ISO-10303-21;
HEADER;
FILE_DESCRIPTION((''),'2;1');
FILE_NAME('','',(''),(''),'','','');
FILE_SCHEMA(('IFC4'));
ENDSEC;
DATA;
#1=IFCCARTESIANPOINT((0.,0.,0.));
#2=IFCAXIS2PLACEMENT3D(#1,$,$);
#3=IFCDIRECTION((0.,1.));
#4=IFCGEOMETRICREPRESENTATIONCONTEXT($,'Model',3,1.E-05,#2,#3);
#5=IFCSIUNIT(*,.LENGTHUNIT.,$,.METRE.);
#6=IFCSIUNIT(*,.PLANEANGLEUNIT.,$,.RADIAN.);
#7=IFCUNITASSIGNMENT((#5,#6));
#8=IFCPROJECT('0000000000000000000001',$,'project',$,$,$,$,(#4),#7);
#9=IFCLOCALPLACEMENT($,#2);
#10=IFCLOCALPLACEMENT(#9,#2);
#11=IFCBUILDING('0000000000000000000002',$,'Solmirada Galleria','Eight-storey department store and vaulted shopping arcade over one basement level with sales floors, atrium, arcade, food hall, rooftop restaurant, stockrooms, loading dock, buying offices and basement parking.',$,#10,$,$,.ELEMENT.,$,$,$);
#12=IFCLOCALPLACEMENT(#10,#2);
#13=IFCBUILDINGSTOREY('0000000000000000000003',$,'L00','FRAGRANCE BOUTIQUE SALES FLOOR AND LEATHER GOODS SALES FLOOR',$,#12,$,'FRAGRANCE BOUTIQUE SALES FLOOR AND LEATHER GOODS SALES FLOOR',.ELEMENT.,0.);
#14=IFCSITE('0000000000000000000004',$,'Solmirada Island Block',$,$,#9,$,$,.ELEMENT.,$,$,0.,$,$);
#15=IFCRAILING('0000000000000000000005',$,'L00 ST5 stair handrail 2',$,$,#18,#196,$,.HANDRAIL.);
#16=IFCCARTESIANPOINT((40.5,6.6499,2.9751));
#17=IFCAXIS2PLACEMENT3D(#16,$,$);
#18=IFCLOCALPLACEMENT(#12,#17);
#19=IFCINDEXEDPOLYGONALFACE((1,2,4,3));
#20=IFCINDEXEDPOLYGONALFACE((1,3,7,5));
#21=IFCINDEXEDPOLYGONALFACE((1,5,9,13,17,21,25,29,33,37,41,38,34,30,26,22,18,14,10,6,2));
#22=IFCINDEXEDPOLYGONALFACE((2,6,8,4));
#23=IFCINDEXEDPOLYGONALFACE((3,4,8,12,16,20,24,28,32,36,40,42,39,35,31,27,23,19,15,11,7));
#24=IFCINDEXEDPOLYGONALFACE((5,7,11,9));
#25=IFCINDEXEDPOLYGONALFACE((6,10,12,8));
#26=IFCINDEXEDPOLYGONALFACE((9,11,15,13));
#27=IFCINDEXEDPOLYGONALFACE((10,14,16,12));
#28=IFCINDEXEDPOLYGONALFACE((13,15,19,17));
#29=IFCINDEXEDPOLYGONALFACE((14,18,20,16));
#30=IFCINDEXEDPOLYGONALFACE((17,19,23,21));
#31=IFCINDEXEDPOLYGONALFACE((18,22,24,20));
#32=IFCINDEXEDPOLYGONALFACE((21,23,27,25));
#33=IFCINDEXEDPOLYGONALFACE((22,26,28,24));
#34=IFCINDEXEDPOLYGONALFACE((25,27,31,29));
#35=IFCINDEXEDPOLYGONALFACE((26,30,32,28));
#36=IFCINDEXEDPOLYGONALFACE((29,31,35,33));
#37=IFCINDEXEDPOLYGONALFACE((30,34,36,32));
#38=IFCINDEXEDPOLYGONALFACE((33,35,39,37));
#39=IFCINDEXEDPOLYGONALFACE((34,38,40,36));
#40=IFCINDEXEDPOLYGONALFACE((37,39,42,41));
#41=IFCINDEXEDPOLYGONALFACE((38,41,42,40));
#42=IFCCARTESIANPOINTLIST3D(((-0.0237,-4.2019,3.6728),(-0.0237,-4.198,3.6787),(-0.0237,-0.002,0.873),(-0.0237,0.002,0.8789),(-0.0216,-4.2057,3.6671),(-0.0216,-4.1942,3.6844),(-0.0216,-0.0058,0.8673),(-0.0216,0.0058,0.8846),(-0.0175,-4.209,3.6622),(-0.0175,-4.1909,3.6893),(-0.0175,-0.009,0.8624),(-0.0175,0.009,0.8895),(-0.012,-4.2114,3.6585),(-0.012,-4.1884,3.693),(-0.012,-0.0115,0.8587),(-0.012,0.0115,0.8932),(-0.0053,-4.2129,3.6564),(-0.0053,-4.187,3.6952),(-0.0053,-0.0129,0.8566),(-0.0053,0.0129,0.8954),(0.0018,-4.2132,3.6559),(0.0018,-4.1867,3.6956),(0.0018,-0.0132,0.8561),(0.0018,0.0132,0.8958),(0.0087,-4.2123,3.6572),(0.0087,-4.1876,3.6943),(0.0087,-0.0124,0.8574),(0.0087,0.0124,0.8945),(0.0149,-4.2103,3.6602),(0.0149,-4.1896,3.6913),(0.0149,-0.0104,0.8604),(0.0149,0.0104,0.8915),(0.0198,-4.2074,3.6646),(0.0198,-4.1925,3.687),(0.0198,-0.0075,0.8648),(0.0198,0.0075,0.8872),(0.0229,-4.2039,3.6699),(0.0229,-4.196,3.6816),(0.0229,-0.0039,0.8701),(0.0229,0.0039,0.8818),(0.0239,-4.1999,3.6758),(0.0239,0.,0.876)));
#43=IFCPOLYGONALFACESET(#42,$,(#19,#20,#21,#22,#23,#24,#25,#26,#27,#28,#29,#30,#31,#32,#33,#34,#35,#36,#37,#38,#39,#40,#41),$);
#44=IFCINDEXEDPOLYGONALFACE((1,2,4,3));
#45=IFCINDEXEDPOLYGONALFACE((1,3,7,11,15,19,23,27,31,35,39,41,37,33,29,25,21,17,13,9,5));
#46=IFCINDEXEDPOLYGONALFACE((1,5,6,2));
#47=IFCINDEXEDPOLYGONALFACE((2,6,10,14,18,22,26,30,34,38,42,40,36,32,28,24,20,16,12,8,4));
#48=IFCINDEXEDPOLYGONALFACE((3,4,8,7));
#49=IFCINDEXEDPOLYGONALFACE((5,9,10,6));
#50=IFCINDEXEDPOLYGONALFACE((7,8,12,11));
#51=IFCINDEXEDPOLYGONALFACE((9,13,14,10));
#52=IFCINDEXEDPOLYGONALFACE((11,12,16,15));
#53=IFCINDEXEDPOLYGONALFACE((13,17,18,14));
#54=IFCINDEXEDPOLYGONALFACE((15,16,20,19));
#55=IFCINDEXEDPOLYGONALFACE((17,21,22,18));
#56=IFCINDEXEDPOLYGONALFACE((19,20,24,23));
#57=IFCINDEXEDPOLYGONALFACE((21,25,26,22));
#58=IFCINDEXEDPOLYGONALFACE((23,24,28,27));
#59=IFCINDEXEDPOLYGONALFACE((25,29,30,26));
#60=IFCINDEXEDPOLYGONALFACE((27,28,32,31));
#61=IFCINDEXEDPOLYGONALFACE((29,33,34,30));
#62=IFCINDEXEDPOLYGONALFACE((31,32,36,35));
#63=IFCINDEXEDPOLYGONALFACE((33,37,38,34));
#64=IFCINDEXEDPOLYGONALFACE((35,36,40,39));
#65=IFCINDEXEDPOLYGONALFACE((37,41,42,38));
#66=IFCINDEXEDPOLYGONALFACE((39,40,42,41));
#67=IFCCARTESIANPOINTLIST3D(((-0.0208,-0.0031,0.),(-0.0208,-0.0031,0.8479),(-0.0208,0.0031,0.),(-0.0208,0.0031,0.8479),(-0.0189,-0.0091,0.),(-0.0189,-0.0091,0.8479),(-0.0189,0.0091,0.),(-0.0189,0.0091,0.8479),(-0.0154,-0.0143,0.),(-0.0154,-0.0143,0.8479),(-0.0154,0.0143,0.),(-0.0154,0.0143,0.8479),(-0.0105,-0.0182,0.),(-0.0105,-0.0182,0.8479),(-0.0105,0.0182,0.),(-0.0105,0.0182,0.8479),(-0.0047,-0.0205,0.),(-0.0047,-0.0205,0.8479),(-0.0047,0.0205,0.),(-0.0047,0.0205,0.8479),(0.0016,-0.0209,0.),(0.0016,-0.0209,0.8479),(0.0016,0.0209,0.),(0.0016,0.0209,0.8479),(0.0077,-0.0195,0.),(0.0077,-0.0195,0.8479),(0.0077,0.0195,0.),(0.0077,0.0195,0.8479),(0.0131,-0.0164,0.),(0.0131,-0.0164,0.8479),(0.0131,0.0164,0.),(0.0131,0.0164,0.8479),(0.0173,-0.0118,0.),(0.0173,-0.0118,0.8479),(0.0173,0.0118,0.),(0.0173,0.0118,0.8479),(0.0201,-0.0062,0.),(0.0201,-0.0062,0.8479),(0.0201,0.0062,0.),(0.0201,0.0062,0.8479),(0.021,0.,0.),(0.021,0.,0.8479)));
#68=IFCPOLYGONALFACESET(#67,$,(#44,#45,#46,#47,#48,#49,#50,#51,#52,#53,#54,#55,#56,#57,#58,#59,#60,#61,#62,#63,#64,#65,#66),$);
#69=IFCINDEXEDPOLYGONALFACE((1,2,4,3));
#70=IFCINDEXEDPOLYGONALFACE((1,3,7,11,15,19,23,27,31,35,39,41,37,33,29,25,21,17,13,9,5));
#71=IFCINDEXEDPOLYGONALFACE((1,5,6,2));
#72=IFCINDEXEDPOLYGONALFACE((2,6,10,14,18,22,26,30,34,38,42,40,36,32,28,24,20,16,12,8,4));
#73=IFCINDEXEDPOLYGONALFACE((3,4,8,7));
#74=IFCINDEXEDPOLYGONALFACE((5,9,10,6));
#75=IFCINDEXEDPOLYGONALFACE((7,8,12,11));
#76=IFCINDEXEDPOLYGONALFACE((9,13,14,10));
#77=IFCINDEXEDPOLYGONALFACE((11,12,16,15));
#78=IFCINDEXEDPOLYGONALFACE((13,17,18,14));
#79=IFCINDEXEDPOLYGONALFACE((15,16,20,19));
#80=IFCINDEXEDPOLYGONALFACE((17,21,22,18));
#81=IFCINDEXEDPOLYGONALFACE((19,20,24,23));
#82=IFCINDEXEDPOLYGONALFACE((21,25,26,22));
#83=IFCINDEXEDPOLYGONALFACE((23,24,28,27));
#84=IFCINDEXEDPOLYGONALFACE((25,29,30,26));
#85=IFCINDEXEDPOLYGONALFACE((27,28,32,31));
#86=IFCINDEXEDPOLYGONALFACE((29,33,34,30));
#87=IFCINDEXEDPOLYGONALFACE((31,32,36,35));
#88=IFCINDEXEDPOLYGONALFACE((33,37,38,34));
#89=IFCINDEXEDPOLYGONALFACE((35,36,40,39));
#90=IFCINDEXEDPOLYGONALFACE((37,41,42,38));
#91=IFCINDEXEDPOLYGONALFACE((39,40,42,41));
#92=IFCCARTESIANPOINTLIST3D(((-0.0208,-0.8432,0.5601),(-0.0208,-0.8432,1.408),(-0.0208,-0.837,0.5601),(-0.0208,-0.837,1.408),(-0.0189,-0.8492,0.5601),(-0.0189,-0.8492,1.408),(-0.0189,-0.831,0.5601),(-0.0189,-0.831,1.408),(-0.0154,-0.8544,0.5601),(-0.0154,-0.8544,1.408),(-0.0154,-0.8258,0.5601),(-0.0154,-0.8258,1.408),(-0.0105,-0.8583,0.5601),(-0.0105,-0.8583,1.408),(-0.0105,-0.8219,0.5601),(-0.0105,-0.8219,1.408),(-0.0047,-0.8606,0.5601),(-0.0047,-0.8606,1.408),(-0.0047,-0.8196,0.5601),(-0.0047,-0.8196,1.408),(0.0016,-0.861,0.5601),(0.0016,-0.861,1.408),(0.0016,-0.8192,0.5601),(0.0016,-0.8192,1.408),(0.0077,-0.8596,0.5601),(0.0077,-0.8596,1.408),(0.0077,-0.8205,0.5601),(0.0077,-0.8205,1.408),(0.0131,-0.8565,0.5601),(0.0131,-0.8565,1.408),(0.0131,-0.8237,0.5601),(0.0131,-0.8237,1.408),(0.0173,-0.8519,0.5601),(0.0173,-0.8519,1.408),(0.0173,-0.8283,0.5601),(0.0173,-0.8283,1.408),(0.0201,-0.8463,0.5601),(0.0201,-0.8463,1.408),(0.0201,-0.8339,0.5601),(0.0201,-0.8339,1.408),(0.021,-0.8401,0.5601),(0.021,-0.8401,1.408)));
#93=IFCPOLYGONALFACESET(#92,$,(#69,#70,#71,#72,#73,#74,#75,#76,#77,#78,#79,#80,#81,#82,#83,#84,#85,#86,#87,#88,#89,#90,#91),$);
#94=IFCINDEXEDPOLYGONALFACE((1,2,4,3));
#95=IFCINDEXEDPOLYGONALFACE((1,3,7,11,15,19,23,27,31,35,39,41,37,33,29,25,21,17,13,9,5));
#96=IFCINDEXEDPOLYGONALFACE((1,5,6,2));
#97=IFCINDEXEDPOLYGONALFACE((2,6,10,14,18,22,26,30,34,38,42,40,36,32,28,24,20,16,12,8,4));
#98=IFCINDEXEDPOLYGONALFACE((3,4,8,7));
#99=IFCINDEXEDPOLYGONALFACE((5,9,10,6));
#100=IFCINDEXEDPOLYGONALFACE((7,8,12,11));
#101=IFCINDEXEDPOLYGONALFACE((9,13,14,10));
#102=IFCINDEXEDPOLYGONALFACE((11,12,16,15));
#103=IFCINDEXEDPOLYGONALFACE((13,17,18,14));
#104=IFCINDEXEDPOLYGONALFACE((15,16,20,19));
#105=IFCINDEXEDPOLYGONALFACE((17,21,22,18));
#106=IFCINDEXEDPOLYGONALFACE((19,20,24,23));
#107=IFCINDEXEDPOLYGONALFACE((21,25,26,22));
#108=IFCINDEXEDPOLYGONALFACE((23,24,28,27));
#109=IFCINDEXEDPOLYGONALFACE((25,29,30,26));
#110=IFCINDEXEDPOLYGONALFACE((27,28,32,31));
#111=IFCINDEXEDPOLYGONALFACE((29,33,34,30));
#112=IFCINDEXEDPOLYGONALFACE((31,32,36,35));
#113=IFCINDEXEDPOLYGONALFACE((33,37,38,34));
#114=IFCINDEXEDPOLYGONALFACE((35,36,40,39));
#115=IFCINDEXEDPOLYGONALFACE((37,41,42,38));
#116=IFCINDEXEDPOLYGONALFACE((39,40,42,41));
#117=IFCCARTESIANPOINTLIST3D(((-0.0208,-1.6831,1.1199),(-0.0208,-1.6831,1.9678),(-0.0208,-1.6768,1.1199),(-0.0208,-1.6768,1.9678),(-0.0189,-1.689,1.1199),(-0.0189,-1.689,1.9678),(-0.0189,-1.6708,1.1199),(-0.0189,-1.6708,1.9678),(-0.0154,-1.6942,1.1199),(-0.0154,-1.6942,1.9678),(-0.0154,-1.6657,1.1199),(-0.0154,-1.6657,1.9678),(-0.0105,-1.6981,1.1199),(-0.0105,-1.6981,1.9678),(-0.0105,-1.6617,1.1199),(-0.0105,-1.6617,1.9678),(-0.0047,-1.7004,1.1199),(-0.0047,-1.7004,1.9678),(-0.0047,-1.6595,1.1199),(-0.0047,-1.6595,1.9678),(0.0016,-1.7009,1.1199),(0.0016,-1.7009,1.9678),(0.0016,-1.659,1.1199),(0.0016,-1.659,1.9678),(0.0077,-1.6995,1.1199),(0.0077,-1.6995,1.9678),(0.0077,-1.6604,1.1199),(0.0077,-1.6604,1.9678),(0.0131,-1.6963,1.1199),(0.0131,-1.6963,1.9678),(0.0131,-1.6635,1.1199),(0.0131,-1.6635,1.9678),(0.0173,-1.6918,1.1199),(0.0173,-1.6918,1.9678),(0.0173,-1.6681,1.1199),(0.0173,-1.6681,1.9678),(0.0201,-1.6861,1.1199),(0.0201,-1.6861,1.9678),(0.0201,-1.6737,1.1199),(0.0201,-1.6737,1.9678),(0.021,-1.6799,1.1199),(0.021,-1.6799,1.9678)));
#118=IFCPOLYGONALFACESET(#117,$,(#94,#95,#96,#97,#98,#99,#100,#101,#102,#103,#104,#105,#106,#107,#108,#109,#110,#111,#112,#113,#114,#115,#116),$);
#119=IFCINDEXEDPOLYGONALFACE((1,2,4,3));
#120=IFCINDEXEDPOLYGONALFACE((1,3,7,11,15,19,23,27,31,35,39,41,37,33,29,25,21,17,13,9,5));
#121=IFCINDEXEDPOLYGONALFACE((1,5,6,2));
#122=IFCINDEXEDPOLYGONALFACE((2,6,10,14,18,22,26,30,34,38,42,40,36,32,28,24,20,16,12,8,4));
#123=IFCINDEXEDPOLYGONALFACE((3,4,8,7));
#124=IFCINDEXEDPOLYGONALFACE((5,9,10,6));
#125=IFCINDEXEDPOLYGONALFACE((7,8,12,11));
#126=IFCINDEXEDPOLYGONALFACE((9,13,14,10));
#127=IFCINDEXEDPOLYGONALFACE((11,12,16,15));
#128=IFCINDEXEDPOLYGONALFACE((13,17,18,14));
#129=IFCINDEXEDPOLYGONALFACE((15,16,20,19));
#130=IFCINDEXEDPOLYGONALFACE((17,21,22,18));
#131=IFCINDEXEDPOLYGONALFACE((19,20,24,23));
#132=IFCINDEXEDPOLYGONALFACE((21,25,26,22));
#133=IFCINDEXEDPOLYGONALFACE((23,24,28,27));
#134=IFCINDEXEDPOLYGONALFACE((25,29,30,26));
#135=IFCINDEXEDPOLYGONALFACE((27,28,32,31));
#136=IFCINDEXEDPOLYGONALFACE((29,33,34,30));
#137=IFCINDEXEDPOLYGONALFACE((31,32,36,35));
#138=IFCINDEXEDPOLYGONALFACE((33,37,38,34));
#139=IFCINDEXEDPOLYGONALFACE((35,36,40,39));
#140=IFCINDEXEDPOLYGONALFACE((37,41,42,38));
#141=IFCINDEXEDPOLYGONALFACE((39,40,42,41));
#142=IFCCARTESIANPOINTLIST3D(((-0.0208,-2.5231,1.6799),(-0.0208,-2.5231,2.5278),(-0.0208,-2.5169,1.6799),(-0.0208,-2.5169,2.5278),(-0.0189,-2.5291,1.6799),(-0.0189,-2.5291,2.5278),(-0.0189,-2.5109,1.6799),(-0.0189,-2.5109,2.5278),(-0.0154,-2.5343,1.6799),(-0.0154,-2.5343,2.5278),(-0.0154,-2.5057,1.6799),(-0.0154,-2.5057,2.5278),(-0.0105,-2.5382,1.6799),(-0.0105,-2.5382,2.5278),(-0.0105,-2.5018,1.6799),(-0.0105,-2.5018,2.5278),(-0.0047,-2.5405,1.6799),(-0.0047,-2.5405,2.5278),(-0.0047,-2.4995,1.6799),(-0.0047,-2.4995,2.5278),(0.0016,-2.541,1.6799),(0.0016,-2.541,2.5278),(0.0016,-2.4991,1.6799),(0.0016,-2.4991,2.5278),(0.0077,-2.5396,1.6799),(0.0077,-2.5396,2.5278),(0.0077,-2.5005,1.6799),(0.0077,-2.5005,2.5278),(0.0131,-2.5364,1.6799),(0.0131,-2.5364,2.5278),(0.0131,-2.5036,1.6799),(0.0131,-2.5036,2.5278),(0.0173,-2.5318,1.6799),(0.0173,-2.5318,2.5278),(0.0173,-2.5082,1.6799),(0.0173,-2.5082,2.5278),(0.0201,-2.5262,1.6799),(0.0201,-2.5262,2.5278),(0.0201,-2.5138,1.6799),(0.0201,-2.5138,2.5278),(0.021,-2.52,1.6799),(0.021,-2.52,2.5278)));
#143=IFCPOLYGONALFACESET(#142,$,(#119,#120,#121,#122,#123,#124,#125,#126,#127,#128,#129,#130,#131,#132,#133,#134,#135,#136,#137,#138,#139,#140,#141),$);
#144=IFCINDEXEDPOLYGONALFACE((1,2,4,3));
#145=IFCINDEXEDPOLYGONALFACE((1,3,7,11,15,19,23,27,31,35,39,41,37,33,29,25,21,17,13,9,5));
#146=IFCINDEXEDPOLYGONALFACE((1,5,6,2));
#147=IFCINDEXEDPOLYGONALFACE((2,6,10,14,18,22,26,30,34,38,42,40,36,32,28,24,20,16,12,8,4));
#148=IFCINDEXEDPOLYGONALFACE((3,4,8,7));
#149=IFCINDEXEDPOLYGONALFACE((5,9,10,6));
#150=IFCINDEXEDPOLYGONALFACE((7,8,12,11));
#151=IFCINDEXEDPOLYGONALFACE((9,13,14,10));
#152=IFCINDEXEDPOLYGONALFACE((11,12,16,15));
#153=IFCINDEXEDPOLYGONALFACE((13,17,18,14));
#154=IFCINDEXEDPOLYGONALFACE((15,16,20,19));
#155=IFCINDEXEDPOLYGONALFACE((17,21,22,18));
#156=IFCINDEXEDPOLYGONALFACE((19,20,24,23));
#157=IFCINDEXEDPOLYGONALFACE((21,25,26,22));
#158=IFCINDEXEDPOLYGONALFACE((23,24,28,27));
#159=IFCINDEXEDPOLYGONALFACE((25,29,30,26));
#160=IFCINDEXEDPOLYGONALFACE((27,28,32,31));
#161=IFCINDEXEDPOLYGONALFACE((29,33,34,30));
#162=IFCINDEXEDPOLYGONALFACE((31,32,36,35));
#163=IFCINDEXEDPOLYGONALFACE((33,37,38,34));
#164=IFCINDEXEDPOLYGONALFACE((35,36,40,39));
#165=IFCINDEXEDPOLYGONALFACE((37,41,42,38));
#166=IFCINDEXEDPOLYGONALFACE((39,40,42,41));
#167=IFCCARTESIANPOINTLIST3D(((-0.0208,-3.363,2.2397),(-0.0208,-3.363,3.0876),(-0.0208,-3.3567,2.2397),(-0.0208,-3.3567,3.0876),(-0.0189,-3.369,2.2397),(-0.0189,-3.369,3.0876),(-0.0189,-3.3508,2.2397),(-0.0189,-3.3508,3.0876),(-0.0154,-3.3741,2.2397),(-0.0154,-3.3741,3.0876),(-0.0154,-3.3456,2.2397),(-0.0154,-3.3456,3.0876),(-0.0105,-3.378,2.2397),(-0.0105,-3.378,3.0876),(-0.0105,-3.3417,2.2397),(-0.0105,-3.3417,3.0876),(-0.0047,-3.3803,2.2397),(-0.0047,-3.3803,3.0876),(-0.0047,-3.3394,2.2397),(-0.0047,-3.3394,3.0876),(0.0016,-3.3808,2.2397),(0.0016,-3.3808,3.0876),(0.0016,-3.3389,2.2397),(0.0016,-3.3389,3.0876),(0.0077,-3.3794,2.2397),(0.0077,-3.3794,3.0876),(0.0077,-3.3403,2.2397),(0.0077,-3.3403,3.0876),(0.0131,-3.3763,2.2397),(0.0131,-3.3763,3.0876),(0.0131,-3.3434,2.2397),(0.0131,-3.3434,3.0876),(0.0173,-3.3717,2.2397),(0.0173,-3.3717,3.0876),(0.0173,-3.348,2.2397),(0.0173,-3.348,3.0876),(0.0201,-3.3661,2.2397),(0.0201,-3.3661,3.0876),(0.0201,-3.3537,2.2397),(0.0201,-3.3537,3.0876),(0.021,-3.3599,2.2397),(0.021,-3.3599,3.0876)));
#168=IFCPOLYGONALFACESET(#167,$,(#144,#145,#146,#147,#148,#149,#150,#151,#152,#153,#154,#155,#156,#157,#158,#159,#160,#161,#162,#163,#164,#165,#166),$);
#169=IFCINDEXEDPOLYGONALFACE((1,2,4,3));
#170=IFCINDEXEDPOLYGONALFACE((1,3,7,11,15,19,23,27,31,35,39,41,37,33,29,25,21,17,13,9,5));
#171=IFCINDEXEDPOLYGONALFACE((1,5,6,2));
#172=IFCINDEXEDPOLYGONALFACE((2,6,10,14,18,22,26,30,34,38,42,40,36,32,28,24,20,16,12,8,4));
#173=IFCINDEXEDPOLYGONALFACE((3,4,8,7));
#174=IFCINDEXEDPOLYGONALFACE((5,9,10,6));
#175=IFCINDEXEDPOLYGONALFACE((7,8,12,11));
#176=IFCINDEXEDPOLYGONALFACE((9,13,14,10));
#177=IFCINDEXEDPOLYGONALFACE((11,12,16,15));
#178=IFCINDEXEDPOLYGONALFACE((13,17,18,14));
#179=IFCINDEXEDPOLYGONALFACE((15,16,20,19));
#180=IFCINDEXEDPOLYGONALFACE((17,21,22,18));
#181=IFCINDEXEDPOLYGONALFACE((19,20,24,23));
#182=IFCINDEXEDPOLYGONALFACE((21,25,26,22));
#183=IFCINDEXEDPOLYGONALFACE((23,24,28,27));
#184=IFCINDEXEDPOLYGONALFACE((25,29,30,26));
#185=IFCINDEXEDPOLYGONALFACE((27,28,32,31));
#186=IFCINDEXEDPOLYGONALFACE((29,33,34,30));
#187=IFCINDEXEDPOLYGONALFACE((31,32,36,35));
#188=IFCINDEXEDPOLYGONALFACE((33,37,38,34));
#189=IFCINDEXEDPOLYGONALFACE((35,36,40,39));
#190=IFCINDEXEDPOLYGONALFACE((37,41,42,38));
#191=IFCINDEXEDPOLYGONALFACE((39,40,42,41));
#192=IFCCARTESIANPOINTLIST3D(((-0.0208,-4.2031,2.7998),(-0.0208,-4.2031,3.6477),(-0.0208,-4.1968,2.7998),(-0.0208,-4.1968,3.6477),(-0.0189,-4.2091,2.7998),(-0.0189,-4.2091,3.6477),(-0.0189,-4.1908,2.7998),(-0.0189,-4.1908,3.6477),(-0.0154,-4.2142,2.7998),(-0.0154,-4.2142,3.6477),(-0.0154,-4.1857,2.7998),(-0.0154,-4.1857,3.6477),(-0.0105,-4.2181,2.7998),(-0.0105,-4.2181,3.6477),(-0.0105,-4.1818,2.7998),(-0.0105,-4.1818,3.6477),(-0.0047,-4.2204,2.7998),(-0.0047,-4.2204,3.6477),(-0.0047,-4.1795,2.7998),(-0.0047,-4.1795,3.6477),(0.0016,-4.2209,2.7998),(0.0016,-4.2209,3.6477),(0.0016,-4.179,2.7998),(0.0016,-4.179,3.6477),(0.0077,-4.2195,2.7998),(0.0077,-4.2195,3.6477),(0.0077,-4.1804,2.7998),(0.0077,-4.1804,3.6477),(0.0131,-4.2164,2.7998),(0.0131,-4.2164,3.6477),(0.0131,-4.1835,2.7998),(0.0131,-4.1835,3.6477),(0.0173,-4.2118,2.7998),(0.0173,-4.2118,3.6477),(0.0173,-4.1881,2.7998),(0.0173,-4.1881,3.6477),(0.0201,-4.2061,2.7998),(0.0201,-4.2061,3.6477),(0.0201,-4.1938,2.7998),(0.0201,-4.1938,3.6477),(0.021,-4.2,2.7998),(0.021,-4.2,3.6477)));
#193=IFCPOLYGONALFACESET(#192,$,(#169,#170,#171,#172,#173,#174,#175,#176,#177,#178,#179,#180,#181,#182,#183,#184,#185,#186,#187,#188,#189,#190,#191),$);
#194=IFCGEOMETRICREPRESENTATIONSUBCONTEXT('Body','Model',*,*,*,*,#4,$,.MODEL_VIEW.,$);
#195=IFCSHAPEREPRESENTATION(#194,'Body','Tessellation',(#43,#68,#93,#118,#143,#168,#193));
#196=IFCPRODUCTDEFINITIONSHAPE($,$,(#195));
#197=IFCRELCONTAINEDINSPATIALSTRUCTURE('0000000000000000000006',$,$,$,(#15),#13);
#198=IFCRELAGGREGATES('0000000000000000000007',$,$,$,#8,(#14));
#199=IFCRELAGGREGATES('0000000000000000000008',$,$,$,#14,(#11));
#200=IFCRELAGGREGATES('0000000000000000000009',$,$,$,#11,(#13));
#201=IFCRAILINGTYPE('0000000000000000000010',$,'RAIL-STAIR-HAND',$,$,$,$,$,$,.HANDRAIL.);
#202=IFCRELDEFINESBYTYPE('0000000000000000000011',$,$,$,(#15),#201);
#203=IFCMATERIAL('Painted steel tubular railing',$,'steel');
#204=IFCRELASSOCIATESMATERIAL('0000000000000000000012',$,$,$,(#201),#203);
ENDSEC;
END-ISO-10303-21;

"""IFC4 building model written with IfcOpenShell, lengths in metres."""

from ifc_helpers import new_model, si_unit, direction, frame, origin, origin_2d, place, context, subcontext, project, spatial, circle, extrude, material, type_object, element, save


model = new_model("IFC4")

# Units and contexts
model_context = context("Model", 3, precision=1e-05, world=origin(), true_north=direction((0.0, 1.0)))
body_context = subcontext(model_context, "Body", "Model", "MODEL_VIEW")
ifc_project = project(units=[si_unit("LENGTHUNIT", "METRE"), si_unit("PLANEANGLEUNIT", "RADIAN")], contexts=[model_context])

# Site, building, storey
site_placement = place(None, origin())
site = spatial("IfcSite", under=ifc_project, at=site_placement, Name="Solmirada Island Block", CompositionType="ELEMENT", RefElevation=0.0)
building_placement = place(site_placement, origin())
building = spatial("IfcBuilding", under=site, at=building_placement, Name="Solmirada Galleria", Description="Eight-storey department store and vaulted shopping arcade over one basement level with sales floors, atrium, arcade, food hall, rooftop restaurant, stockrooms, loading dock, buying offices and basement parking.", CompositionType="ELEMENT")
storey_placement = place(building_placement, origin())
storey = spatial("IfcBuildingStorey", under=building, at=storey_placement, Name="L00", Description="FRAGRANCE BOUTIQUE SALES FLOOR AND LEATHER GOODS SALES FLOOR", LongName="FRAGRANCE BOUTIQUE SALES FLOOR AND LEATHER GOODS SALES FLOOR", CompositionType="ELEMENT", Elevation=0.0)

# Railing
ifc_material_1 = material(Name="Painted steel tubular railing", Category="steel")
railing_type_1 = type_object("IfcRailingType", Name="RAIL-STAIR-HAND", PredefinedType="HANDRAIL", material=ifc_material_1)
railing_1_placement = place(storey_placement, frame((40.5, 6.6499, 2.9751)))
element("IfcRailing", 1, at=railing_1_placement, inside=storey, type_object=railing_type_1, Name="L00 ST5 stair handrail 2", PredefinedType="HANDRAIL", context=body_context, shape_type="SweptSolid", body=[
    extrude(circle(Radius=0.0239, at=origin_2d()), frame((0.0, 0.0, 0.876), z_axis=(0.0, -0.832065, 0.554678), x_axis=(1.0, 0.0, 0.0)), (0.0, 0.0, 1.0), 5.0476),
    extrude(circle(Radius=0.021, at=origin_2d()), origin(), (0.0, 0.0, 1.0), 0.8479),
    extrude(circle(Radius=0.021, at=origin_2d()), frame((0.0, -0.8401, 0.5601)), (0.0, 0.0, 1.0), 0.8479),
    extrude(circle(Radius=0.021, at=origin_2d()), frame((0.0, -1.6799, 1.1199)), (0.0, 0.0, 1.0), 0.8479),
    extrude(circle(Radius=0.021, at=origin_2d()), frame((0.0, -2.52, 1.6799)), (0.0, 0.0, 1.0), 0.8479),
    extrude(circle(Radius=0.021, at=origin_2d()), frame((0.0, -3.3599, 2.2397)), (0.0, 0.0, 1.0), 0.8479),
    extrude(circle(Radius=0.021, at=origin_2d()), frame((0.0, -4.2, 2.7998)), (0.0, 0.0, 1.0), 0.8479),
])

save(model, "model.ifc")
